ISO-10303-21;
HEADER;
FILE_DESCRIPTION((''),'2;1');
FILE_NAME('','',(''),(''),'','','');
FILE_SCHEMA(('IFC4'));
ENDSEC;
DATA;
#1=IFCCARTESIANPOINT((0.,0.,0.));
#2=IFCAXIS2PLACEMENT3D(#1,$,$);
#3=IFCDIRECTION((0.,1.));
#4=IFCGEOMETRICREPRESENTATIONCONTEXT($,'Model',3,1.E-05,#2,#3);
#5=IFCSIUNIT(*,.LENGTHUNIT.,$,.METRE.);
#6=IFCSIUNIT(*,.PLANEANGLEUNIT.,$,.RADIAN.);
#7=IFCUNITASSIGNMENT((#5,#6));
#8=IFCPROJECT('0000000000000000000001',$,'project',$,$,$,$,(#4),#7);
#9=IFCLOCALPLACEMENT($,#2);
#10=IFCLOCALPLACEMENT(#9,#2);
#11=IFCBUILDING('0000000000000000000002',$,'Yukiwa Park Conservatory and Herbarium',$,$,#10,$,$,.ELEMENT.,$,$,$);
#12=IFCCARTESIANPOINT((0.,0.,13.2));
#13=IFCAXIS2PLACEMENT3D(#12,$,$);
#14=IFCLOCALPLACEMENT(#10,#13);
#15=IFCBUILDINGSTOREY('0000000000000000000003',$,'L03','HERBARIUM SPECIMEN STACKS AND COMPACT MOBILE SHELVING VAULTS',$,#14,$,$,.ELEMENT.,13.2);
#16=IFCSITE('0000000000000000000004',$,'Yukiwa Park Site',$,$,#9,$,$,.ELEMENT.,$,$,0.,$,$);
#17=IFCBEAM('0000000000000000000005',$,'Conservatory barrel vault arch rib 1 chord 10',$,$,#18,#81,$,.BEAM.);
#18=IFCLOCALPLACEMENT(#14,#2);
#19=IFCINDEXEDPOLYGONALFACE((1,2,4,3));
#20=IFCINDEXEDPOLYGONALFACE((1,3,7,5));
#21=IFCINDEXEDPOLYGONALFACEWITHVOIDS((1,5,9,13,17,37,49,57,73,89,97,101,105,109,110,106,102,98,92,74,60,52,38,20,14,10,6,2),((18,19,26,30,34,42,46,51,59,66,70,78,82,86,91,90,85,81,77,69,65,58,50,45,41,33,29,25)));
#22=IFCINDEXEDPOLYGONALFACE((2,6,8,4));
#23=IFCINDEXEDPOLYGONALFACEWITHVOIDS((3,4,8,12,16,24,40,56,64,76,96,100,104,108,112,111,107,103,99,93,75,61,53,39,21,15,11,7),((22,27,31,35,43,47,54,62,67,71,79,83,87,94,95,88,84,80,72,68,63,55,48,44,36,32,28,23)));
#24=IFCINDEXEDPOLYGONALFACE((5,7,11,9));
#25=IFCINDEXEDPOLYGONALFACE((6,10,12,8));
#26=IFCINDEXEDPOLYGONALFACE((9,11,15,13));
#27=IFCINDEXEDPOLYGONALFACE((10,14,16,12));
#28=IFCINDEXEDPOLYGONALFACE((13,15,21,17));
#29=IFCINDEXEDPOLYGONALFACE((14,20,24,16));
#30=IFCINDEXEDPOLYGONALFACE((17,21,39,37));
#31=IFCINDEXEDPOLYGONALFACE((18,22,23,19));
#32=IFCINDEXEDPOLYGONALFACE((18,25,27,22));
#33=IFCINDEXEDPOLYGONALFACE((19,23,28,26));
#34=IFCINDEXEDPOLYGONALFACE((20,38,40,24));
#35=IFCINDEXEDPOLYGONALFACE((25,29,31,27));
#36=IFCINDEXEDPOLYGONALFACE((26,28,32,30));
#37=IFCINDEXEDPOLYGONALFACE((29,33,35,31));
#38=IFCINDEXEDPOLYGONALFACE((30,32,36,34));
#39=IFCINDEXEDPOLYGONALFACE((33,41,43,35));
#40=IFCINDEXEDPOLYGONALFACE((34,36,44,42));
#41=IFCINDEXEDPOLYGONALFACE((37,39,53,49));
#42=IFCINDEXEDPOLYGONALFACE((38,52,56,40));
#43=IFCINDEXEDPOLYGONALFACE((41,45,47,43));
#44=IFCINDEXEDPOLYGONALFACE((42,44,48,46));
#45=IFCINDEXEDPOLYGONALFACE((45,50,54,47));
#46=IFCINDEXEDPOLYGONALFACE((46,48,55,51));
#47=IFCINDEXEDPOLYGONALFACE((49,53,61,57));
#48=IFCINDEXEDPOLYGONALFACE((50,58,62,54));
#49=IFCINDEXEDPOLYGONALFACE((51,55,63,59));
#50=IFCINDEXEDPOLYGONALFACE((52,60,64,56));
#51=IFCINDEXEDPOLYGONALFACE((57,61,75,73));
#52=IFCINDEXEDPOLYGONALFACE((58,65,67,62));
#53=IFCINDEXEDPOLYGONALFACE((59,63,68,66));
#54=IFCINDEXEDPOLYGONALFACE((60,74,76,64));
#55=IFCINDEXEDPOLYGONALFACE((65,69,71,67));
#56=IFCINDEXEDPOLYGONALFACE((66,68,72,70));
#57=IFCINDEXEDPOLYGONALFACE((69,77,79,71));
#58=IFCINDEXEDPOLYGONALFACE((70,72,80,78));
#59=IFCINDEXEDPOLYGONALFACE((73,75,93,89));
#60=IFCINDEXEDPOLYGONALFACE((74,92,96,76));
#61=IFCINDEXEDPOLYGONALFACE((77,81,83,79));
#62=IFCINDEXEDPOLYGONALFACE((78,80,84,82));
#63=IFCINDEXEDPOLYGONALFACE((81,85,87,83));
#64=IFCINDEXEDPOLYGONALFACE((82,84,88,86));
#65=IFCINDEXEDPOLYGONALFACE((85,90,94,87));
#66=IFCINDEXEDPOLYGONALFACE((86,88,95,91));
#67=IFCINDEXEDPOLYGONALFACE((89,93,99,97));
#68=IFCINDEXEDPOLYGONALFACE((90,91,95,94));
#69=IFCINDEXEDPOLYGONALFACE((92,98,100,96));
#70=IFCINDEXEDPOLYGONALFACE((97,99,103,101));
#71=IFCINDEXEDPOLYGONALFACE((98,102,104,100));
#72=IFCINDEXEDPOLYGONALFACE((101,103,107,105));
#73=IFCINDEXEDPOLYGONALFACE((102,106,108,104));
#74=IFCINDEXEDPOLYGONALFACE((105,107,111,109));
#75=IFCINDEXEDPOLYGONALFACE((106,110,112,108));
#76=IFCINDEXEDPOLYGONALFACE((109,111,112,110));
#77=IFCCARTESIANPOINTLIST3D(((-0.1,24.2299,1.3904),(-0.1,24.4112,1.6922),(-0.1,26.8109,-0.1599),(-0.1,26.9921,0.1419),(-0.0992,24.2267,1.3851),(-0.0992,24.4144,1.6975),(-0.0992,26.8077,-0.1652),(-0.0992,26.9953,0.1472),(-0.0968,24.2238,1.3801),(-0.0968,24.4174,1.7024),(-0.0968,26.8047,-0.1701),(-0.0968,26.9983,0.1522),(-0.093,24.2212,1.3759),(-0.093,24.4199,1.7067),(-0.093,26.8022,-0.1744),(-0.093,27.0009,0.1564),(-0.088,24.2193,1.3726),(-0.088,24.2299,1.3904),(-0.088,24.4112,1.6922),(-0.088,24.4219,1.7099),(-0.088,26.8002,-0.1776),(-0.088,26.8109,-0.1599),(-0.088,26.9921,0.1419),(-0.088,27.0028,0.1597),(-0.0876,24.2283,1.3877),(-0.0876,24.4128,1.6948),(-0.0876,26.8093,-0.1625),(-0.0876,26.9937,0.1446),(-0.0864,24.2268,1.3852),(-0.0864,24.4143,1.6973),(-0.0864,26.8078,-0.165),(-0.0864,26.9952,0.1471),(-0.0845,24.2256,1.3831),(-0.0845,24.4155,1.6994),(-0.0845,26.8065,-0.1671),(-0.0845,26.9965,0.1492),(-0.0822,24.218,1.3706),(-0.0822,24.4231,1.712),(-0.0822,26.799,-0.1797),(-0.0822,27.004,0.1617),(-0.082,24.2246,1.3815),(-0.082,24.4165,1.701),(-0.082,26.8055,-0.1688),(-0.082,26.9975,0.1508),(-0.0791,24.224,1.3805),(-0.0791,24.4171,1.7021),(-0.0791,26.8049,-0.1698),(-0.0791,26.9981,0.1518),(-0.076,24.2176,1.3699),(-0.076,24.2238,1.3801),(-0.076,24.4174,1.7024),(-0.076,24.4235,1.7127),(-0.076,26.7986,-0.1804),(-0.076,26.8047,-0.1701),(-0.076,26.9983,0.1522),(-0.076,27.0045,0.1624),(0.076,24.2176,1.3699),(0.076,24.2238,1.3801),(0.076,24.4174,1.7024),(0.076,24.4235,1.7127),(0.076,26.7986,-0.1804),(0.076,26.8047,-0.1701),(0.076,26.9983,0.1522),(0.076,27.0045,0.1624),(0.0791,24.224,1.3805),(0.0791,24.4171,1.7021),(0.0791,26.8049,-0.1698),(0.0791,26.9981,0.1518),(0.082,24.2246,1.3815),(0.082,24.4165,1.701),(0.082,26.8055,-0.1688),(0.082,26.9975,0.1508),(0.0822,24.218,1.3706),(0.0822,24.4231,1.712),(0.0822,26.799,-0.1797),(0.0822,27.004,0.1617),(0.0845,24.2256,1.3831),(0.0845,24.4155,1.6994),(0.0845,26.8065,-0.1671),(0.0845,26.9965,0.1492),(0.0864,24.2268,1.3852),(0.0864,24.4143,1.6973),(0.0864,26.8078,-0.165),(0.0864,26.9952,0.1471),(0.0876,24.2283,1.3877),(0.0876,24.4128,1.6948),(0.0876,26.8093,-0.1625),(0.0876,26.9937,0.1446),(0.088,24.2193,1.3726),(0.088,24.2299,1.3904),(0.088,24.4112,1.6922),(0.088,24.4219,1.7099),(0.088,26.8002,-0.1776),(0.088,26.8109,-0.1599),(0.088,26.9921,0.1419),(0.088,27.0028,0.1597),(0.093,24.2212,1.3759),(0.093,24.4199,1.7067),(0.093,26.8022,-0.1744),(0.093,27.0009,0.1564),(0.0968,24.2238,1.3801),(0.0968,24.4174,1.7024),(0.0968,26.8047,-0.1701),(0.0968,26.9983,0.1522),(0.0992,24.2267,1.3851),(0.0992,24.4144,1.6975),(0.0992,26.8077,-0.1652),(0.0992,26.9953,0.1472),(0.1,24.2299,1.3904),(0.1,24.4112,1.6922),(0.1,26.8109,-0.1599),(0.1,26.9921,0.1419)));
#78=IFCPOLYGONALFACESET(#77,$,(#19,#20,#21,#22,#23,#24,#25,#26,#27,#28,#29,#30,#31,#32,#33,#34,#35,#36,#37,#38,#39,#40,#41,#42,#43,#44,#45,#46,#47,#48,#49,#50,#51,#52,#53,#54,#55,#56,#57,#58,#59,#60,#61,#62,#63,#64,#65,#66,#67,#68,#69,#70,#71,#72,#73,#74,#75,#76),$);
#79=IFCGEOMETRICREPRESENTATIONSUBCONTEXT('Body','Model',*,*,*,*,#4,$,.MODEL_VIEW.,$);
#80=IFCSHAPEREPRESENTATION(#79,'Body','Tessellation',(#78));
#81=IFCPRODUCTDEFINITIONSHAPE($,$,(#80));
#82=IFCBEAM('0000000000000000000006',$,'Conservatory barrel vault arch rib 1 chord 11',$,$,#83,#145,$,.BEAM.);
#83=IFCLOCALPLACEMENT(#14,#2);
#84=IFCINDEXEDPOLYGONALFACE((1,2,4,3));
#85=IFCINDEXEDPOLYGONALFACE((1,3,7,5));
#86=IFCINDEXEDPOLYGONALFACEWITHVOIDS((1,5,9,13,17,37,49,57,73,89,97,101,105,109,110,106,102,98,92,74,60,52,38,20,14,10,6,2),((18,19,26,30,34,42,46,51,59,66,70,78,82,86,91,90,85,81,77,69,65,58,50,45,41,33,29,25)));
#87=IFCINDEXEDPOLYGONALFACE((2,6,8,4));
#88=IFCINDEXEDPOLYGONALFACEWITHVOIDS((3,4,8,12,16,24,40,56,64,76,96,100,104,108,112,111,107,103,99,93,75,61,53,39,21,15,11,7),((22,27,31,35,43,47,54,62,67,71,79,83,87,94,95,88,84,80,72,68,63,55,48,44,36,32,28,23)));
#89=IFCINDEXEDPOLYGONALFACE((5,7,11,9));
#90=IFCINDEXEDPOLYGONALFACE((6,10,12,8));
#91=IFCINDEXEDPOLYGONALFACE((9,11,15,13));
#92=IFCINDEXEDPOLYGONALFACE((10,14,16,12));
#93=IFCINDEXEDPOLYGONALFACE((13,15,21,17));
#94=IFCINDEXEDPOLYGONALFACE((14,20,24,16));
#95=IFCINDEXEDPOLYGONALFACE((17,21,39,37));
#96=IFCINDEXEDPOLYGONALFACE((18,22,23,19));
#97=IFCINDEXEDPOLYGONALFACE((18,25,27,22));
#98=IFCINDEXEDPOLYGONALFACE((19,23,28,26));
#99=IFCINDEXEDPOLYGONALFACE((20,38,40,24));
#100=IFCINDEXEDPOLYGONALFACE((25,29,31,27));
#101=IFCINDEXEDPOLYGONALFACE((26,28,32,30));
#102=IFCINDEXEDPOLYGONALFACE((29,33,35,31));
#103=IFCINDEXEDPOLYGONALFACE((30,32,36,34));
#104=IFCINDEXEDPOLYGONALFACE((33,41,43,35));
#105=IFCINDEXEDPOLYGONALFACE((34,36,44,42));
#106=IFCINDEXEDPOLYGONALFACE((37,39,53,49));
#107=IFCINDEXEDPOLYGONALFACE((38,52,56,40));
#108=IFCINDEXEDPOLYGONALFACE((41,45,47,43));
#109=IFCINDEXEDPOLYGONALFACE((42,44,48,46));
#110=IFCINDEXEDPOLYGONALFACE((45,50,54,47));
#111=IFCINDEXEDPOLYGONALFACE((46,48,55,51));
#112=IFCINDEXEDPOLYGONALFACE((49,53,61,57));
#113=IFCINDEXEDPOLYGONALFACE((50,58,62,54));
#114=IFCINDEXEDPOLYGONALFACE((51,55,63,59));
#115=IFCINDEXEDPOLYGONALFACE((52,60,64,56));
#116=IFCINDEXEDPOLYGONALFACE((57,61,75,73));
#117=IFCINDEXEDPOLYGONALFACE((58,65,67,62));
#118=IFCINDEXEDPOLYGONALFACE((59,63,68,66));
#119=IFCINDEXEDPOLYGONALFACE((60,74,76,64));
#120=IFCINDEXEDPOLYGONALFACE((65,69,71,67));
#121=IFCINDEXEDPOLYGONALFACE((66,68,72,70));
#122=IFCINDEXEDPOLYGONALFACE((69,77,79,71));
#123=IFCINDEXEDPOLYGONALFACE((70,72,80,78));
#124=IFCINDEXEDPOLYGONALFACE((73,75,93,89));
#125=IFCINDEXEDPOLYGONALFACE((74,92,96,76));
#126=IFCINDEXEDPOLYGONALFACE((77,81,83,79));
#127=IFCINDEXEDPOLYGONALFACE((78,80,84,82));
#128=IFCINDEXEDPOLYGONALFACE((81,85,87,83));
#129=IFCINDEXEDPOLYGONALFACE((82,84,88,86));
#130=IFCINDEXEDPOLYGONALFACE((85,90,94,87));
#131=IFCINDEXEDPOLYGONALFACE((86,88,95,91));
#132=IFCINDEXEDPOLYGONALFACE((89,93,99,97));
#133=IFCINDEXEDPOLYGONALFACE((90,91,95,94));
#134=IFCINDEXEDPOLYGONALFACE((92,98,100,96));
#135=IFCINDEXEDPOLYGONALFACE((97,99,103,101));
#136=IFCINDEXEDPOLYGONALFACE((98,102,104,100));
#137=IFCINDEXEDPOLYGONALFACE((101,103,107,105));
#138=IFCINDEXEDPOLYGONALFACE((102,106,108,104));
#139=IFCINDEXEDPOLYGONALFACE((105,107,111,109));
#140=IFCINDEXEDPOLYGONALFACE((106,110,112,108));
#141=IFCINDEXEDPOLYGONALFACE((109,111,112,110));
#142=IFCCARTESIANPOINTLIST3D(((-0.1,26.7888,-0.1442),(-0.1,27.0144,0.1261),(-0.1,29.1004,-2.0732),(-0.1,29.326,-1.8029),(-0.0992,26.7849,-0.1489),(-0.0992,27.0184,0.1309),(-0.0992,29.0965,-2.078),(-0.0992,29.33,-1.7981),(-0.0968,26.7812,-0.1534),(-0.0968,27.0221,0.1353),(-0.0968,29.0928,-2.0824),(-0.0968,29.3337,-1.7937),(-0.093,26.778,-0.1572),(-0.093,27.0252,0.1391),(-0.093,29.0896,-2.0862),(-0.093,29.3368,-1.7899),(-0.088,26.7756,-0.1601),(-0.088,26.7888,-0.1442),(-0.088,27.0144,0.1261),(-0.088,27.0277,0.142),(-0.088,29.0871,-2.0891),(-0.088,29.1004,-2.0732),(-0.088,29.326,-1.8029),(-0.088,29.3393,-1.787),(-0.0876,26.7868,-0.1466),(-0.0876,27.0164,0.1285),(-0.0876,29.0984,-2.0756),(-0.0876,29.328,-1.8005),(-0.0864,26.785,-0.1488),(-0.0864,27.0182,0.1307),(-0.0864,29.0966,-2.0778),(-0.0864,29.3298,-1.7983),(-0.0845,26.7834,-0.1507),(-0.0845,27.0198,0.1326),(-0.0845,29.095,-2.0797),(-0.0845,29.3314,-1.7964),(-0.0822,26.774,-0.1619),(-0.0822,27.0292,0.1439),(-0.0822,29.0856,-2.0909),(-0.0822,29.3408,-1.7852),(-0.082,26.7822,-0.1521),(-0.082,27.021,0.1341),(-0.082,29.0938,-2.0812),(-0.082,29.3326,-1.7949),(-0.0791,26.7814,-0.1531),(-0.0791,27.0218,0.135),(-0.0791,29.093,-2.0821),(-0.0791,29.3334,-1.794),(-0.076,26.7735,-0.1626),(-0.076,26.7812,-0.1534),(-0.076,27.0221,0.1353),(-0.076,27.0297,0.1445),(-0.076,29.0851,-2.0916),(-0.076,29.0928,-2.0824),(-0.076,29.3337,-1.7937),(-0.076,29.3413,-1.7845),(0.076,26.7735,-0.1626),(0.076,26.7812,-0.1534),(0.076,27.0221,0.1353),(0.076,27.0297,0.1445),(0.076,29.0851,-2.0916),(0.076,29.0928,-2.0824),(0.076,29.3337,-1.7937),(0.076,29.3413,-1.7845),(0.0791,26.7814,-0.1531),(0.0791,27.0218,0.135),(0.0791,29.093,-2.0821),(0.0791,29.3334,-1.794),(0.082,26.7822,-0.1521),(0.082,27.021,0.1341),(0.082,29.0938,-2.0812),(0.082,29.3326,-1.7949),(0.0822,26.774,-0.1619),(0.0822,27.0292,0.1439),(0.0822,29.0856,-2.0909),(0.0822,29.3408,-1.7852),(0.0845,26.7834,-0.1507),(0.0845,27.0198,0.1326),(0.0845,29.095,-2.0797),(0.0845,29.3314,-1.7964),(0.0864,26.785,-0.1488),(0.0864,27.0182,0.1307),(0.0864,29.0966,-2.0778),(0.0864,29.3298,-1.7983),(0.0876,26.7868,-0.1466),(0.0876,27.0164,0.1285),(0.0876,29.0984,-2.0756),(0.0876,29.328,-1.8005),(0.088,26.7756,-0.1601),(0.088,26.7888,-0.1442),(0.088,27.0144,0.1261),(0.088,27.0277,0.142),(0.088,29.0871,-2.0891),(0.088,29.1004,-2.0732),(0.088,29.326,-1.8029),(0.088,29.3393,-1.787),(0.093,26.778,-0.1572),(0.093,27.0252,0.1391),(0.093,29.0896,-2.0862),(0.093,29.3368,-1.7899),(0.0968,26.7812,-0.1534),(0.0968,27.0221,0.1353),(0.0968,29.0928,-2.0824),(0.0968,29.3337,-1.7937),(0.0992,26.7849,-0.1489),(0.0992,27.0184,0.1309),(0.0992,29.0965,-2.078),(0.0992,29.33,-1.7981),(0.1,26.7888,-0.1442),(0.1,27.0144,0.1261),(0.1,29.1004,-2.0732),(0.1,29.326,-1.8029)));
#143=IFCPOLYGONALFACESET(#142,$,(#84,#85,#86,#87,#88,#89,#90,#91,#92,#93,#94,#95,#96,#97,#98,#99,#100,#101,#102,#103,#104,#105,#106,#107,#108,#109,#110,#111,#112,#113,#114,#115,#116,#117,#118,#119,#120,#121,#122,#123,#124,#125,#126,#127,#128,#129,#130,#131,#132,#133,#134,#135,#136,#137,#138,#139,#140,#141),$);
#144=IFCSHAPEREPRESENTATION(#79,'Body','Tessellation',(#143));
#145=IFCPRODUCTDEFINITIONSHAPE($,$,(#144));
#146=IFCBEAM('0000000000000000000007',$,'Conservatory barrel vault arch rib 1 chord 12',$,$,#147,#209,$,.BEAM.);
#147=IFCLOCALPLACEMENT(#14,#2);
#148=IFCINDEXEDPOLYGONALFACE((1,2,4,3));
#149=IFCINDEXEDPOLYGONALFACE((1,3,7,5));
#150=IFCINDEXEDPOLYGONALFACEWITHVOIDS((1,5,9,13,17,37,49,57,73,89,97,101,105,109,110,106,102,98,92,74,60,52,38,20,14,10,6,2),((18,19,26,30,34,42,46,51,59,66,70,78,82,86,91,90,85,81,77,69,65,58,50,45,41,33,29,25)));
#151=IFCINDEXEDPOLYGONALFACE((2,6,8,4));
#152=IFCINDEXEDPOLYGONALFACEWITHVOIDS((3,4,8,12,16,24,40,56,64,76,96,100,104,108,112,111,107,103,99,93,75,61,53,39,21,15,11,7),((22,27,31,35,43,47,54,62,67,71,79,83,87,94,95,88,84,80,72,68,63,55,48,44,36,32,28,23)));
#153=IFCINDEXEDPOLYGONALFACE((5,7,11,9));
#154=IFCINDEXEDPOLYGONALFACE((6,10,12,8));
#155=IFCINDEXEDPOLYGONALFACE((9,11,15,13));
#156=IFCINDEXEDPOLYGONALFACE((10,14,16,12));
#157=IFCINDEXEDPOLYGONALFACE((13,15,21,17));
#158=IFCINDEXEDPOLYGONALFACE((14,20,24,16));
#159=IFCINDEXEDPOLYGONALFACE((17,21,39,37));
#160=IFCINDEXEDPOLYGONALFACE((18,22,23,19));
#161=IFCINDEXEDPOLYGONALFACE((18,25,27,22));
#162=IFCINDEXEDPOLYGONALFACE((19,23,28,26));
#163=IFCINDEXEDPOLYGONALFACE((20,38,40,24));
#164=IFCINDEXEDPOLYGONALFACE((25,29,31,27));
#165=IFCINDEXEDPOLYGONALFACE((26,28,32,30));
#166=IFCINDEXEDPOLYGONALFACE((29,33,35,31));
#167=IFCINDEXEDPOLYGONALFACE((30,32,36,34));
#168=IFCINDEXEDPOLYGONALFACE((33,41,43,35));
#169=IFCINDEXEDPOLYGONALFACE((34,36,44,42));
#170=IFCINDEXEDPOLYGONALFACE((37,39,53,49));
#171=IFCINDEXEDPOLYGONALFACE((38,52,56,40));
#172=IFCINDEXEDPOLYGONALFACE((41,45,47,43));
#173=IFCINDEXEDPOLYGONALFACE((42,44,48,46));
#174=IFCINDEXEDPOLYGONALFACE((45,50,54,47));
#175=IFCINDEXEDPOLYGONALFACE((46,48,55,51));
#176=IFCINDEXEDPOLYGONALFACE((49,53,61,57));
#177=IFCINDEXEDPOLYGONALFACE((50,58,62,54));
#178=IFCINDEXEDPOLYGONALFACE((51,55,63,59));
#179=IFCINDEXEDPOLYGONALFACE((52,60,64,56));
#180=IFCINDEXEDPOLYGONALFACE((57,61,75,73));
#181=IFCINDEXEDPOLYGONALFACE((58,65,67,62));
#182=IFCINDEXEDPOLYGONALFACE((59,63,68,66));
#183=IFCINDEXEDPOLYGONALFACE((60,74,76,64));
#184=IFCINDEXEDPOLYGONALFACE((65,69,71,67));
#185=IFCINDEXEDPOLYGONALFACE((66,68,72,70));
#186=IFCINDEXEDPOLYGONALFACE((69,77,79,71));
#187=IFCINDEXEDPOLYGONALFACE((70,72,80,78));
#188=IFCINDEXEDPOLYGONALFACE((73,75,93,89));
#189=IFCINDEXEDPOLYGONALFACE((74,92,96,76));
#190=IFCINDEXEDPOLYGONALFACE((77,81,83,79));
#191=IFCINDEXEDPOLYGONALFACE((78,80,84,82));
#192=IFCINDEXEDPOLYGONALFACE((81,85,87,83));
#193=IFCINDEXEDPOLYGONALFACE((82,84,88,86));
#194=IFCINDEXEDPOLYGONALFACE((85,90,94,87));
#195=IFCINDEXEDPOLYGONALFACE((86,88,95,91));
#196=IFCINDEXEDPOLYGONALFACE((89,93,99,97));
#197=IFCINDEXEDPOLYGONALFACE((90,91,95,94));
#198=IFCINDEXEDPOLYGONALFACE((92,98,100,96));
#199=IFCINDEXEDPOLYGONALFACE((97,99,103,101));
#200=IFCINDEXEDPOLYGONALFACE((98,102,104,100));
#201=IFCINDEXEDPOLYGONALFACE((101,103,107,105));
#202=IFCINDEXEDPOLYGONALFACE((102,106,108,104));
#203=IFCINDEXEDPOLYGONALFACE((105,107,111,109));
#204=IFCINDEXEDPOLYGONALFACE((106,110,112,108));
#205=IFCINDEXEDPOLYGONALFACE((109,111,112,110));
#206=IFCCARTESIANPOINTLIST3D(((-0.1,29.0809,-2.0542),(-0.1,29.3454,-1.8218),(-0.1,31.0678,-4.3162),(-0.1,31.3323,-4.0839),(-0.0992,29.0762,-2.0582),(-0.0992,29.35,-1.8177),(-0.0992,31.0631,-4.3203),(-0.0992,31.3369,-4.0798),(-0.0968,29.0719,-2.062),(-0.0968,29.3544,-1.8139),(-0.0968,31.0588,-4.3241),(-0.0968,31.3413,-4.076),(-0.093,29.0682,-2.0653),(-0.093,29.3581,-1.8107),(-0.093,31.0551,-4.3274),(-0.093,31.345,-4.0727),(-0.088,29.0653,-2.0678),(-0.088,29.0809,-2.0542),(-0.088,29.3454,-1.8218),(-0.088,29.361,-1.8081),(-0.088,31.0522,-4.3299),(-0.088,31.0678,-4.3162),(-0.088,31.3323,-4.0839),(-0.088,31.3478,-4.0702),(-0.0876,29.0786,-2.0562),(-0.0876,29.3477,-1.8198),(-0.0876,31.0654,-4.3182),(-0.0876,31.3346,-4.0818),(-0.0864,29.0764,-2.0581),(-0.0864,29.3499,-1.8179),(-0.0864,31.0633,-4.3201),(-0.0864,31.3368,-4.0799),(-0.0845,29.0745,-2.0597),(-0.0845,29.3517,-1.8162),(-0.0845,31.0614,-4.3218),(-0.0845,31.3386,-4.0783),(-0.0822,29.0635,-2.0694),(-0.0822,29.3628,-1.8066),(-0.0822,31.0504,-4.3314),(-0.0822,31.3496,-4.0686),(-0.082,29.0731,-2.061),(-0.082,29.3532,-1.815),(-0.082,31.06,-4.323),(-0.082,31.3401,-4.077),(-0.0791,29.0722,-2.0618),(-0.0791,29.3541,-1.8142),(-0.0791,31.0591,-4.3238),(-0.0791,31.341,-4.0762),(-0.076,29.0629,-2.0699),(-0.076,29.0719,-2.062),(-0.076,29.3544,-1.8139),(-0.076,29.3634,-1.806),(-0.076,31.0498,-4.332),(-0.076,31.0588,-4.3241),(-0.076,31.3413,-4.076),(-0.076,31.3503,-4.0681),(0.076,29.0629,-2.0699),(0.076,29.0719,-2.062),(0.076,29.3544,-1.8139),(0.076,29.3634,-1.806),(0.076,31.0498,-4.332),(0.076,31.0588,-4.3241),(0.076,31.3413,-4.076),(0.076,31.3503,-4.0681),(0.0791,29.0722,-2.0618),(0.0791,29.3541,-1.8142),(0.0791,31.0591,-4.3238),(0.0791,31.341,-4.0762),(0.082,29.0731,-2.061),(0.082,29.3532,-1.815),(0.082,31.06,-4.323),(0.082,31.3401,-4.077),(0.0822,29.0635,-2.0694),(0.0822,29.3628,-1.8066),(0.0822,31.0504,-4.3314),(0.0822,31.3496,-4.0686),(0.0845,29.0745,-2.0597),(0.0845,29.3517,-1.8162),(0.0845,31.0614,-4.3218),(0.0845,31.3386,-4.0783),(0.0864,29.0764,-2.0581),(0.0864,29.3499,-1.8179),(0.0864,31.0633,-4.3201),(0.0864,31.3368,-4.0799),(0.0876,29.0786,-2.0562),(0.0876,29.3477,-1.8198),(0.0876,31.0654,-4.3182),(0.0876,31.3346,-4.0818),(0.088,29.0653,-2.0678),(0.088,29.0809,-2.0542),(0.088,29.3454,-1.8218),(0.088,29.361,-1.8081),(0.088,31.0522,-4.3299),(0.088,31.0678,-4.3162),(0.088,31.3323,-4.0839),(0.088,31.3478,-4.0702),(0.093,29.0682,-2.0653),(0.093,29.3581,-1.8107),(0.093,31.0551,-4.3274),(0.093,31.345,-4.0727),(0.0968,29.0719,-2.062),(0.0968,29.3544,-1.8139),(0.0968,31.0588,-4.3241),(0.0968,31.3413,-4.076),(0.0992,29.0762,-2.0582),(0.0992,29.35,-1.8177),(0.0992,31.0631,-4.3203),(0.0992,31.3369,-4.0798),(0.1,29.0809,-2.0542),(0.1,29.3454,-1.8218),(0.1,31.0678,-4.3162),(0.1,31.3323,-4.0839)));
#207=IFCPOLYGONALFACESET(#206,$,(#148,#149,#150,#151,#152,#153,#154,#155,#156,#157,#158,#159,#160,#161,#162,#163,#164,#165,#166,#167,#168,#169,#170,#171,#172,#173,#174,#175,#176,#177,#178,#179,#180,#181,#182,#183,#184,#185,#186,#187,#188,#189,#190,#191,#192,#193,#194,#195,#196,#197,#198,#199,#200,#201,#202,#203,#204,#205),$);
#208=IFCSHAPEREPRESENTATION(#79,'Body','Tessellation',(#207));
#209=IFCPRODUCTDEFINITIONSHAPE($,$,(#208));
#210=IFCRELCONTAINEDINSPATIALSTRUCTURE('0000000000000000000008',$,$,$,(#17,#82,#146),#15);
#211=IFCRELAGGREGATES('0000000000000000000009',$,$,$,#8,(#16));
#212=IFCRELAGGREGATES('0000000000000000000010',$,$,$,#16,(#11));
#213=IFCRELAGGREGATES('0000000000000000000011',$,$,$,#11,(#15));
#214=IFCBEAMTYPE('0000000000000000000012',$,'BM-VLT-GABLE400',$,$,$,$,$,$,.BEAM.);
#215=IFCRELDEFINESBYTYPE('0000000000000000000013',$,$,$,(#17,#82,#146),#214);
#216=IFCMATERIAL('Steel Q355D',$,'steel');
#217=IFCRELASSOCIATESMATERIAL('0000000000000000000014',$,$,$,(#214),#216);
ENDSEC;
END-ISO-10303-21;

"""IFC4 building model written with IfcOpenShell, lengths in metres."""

from ifc_helpers import new_model, si_unit, direction, frame, origin, origin_2d, place, context, subcontext, project, spatial, hollow_rectangle, extrude, material, material_profile, profile_set, type_object, element, save


model = new_model("IFC4")

# Units and contexts
model_context = context("Model", 3, precision=1e-05, world=origin(), true_north=direction((0.0, 1.0)))
body_context = subcontext(model_context, "Body", "Model", "MODEL_VIEW")
ifc_project = project(units=[si_unit("LENGTHUNIT", "METRE"), si_unit("PLANEANGLEUNIT", "RADIAN")], contexts=[model_context])

# Site, building, storey
site_placement = place(None, origin())
site = spatial("IfcSite", under=ifc_project, at=site_placement, Name="Yukiwa Park Site", CompositionType="ELEMENT", RefElevation=0.0)
building_placement = place(site_placement, origin())
building = spatial("IfcBuilding", under=site, at=building_placement, Name="Yukiwa Park Conservatory and Herbarium", CompositionType="ELEMENT")
storey_placement = place(building_placement, frame((0.0, 0.0, 13.2)))
storey = spatial("IfcBuildingStorey", under=building, at=storey_placement, Name="L03", Description="HERBARIUM SPECIMEN STACKS AND COMPACT MOBILE SHELVING VAULTS", CompositionType="ELEMENT", Elevation=13.2)

# Beams
ifc_material_1 = material(Name="Steel Q355D", Category="steel")
ifc_material_profile_1 = material_profile(ifc_material_1, hollow_rectangle(XDim=0.2, YDim=0.3999, WallThickness=0.012, InnerFilletRadius=0.012, OuterFilletRadius=0.0239, at=origin_2d()), Name="RHS 400x200x12")
ifc_profile_set_1 = profile_set([ifc_material_profile_1], Name="Steel Q355D")
beam_type_1 = type_object("IfcBeamType", Name="BM-VLT-GABLE400", PredefinedType="BEAM", material=ifc_profile_set_1)
for number, where, z_axis, x_axis, name in (
    (1, (0.0, 24.3206, 1.5413), (0.0, 0.85725, -0.514901), (-1.0, 0.0, 0.0), "Conservatory barrel vault arch rib 1 chord 10"),
    (2, (0.0, 26.9016, -0.009), (0.0, 0.767782, -0.640711), (-1.0, 0.0, 0.0), "Conservatory barrel vault arch rib 1 chord 11"),
    (3, (0.0, 29.2131, -1.938), (0.0, 0.659933, -0.751324), (-1.0, 0.0, 0.0), "Conservatory barrel vault arch rib 1 chord 12"),
):
    element("IfcBeam", number, at=place(storey_placement, frame(where, z_axis=z_axis, x_axis=x_axis)), inside=storey, type_object=beam_type_1, Name=name, PredefinedType="BEAM", context=body_context, shape_type="SweptSolid", body=[
        extrude(hollow_rectangle(XDim=0.2, YDim=0.3999, WallThickness=0.012, InnerFilletRadius=0.012, OuterFilletRadius=0.0239, at=origin_2d()), origin(), (0.0, 0.0, 1.0), 3.0107),
    ])

save(model, "model.ifc")
